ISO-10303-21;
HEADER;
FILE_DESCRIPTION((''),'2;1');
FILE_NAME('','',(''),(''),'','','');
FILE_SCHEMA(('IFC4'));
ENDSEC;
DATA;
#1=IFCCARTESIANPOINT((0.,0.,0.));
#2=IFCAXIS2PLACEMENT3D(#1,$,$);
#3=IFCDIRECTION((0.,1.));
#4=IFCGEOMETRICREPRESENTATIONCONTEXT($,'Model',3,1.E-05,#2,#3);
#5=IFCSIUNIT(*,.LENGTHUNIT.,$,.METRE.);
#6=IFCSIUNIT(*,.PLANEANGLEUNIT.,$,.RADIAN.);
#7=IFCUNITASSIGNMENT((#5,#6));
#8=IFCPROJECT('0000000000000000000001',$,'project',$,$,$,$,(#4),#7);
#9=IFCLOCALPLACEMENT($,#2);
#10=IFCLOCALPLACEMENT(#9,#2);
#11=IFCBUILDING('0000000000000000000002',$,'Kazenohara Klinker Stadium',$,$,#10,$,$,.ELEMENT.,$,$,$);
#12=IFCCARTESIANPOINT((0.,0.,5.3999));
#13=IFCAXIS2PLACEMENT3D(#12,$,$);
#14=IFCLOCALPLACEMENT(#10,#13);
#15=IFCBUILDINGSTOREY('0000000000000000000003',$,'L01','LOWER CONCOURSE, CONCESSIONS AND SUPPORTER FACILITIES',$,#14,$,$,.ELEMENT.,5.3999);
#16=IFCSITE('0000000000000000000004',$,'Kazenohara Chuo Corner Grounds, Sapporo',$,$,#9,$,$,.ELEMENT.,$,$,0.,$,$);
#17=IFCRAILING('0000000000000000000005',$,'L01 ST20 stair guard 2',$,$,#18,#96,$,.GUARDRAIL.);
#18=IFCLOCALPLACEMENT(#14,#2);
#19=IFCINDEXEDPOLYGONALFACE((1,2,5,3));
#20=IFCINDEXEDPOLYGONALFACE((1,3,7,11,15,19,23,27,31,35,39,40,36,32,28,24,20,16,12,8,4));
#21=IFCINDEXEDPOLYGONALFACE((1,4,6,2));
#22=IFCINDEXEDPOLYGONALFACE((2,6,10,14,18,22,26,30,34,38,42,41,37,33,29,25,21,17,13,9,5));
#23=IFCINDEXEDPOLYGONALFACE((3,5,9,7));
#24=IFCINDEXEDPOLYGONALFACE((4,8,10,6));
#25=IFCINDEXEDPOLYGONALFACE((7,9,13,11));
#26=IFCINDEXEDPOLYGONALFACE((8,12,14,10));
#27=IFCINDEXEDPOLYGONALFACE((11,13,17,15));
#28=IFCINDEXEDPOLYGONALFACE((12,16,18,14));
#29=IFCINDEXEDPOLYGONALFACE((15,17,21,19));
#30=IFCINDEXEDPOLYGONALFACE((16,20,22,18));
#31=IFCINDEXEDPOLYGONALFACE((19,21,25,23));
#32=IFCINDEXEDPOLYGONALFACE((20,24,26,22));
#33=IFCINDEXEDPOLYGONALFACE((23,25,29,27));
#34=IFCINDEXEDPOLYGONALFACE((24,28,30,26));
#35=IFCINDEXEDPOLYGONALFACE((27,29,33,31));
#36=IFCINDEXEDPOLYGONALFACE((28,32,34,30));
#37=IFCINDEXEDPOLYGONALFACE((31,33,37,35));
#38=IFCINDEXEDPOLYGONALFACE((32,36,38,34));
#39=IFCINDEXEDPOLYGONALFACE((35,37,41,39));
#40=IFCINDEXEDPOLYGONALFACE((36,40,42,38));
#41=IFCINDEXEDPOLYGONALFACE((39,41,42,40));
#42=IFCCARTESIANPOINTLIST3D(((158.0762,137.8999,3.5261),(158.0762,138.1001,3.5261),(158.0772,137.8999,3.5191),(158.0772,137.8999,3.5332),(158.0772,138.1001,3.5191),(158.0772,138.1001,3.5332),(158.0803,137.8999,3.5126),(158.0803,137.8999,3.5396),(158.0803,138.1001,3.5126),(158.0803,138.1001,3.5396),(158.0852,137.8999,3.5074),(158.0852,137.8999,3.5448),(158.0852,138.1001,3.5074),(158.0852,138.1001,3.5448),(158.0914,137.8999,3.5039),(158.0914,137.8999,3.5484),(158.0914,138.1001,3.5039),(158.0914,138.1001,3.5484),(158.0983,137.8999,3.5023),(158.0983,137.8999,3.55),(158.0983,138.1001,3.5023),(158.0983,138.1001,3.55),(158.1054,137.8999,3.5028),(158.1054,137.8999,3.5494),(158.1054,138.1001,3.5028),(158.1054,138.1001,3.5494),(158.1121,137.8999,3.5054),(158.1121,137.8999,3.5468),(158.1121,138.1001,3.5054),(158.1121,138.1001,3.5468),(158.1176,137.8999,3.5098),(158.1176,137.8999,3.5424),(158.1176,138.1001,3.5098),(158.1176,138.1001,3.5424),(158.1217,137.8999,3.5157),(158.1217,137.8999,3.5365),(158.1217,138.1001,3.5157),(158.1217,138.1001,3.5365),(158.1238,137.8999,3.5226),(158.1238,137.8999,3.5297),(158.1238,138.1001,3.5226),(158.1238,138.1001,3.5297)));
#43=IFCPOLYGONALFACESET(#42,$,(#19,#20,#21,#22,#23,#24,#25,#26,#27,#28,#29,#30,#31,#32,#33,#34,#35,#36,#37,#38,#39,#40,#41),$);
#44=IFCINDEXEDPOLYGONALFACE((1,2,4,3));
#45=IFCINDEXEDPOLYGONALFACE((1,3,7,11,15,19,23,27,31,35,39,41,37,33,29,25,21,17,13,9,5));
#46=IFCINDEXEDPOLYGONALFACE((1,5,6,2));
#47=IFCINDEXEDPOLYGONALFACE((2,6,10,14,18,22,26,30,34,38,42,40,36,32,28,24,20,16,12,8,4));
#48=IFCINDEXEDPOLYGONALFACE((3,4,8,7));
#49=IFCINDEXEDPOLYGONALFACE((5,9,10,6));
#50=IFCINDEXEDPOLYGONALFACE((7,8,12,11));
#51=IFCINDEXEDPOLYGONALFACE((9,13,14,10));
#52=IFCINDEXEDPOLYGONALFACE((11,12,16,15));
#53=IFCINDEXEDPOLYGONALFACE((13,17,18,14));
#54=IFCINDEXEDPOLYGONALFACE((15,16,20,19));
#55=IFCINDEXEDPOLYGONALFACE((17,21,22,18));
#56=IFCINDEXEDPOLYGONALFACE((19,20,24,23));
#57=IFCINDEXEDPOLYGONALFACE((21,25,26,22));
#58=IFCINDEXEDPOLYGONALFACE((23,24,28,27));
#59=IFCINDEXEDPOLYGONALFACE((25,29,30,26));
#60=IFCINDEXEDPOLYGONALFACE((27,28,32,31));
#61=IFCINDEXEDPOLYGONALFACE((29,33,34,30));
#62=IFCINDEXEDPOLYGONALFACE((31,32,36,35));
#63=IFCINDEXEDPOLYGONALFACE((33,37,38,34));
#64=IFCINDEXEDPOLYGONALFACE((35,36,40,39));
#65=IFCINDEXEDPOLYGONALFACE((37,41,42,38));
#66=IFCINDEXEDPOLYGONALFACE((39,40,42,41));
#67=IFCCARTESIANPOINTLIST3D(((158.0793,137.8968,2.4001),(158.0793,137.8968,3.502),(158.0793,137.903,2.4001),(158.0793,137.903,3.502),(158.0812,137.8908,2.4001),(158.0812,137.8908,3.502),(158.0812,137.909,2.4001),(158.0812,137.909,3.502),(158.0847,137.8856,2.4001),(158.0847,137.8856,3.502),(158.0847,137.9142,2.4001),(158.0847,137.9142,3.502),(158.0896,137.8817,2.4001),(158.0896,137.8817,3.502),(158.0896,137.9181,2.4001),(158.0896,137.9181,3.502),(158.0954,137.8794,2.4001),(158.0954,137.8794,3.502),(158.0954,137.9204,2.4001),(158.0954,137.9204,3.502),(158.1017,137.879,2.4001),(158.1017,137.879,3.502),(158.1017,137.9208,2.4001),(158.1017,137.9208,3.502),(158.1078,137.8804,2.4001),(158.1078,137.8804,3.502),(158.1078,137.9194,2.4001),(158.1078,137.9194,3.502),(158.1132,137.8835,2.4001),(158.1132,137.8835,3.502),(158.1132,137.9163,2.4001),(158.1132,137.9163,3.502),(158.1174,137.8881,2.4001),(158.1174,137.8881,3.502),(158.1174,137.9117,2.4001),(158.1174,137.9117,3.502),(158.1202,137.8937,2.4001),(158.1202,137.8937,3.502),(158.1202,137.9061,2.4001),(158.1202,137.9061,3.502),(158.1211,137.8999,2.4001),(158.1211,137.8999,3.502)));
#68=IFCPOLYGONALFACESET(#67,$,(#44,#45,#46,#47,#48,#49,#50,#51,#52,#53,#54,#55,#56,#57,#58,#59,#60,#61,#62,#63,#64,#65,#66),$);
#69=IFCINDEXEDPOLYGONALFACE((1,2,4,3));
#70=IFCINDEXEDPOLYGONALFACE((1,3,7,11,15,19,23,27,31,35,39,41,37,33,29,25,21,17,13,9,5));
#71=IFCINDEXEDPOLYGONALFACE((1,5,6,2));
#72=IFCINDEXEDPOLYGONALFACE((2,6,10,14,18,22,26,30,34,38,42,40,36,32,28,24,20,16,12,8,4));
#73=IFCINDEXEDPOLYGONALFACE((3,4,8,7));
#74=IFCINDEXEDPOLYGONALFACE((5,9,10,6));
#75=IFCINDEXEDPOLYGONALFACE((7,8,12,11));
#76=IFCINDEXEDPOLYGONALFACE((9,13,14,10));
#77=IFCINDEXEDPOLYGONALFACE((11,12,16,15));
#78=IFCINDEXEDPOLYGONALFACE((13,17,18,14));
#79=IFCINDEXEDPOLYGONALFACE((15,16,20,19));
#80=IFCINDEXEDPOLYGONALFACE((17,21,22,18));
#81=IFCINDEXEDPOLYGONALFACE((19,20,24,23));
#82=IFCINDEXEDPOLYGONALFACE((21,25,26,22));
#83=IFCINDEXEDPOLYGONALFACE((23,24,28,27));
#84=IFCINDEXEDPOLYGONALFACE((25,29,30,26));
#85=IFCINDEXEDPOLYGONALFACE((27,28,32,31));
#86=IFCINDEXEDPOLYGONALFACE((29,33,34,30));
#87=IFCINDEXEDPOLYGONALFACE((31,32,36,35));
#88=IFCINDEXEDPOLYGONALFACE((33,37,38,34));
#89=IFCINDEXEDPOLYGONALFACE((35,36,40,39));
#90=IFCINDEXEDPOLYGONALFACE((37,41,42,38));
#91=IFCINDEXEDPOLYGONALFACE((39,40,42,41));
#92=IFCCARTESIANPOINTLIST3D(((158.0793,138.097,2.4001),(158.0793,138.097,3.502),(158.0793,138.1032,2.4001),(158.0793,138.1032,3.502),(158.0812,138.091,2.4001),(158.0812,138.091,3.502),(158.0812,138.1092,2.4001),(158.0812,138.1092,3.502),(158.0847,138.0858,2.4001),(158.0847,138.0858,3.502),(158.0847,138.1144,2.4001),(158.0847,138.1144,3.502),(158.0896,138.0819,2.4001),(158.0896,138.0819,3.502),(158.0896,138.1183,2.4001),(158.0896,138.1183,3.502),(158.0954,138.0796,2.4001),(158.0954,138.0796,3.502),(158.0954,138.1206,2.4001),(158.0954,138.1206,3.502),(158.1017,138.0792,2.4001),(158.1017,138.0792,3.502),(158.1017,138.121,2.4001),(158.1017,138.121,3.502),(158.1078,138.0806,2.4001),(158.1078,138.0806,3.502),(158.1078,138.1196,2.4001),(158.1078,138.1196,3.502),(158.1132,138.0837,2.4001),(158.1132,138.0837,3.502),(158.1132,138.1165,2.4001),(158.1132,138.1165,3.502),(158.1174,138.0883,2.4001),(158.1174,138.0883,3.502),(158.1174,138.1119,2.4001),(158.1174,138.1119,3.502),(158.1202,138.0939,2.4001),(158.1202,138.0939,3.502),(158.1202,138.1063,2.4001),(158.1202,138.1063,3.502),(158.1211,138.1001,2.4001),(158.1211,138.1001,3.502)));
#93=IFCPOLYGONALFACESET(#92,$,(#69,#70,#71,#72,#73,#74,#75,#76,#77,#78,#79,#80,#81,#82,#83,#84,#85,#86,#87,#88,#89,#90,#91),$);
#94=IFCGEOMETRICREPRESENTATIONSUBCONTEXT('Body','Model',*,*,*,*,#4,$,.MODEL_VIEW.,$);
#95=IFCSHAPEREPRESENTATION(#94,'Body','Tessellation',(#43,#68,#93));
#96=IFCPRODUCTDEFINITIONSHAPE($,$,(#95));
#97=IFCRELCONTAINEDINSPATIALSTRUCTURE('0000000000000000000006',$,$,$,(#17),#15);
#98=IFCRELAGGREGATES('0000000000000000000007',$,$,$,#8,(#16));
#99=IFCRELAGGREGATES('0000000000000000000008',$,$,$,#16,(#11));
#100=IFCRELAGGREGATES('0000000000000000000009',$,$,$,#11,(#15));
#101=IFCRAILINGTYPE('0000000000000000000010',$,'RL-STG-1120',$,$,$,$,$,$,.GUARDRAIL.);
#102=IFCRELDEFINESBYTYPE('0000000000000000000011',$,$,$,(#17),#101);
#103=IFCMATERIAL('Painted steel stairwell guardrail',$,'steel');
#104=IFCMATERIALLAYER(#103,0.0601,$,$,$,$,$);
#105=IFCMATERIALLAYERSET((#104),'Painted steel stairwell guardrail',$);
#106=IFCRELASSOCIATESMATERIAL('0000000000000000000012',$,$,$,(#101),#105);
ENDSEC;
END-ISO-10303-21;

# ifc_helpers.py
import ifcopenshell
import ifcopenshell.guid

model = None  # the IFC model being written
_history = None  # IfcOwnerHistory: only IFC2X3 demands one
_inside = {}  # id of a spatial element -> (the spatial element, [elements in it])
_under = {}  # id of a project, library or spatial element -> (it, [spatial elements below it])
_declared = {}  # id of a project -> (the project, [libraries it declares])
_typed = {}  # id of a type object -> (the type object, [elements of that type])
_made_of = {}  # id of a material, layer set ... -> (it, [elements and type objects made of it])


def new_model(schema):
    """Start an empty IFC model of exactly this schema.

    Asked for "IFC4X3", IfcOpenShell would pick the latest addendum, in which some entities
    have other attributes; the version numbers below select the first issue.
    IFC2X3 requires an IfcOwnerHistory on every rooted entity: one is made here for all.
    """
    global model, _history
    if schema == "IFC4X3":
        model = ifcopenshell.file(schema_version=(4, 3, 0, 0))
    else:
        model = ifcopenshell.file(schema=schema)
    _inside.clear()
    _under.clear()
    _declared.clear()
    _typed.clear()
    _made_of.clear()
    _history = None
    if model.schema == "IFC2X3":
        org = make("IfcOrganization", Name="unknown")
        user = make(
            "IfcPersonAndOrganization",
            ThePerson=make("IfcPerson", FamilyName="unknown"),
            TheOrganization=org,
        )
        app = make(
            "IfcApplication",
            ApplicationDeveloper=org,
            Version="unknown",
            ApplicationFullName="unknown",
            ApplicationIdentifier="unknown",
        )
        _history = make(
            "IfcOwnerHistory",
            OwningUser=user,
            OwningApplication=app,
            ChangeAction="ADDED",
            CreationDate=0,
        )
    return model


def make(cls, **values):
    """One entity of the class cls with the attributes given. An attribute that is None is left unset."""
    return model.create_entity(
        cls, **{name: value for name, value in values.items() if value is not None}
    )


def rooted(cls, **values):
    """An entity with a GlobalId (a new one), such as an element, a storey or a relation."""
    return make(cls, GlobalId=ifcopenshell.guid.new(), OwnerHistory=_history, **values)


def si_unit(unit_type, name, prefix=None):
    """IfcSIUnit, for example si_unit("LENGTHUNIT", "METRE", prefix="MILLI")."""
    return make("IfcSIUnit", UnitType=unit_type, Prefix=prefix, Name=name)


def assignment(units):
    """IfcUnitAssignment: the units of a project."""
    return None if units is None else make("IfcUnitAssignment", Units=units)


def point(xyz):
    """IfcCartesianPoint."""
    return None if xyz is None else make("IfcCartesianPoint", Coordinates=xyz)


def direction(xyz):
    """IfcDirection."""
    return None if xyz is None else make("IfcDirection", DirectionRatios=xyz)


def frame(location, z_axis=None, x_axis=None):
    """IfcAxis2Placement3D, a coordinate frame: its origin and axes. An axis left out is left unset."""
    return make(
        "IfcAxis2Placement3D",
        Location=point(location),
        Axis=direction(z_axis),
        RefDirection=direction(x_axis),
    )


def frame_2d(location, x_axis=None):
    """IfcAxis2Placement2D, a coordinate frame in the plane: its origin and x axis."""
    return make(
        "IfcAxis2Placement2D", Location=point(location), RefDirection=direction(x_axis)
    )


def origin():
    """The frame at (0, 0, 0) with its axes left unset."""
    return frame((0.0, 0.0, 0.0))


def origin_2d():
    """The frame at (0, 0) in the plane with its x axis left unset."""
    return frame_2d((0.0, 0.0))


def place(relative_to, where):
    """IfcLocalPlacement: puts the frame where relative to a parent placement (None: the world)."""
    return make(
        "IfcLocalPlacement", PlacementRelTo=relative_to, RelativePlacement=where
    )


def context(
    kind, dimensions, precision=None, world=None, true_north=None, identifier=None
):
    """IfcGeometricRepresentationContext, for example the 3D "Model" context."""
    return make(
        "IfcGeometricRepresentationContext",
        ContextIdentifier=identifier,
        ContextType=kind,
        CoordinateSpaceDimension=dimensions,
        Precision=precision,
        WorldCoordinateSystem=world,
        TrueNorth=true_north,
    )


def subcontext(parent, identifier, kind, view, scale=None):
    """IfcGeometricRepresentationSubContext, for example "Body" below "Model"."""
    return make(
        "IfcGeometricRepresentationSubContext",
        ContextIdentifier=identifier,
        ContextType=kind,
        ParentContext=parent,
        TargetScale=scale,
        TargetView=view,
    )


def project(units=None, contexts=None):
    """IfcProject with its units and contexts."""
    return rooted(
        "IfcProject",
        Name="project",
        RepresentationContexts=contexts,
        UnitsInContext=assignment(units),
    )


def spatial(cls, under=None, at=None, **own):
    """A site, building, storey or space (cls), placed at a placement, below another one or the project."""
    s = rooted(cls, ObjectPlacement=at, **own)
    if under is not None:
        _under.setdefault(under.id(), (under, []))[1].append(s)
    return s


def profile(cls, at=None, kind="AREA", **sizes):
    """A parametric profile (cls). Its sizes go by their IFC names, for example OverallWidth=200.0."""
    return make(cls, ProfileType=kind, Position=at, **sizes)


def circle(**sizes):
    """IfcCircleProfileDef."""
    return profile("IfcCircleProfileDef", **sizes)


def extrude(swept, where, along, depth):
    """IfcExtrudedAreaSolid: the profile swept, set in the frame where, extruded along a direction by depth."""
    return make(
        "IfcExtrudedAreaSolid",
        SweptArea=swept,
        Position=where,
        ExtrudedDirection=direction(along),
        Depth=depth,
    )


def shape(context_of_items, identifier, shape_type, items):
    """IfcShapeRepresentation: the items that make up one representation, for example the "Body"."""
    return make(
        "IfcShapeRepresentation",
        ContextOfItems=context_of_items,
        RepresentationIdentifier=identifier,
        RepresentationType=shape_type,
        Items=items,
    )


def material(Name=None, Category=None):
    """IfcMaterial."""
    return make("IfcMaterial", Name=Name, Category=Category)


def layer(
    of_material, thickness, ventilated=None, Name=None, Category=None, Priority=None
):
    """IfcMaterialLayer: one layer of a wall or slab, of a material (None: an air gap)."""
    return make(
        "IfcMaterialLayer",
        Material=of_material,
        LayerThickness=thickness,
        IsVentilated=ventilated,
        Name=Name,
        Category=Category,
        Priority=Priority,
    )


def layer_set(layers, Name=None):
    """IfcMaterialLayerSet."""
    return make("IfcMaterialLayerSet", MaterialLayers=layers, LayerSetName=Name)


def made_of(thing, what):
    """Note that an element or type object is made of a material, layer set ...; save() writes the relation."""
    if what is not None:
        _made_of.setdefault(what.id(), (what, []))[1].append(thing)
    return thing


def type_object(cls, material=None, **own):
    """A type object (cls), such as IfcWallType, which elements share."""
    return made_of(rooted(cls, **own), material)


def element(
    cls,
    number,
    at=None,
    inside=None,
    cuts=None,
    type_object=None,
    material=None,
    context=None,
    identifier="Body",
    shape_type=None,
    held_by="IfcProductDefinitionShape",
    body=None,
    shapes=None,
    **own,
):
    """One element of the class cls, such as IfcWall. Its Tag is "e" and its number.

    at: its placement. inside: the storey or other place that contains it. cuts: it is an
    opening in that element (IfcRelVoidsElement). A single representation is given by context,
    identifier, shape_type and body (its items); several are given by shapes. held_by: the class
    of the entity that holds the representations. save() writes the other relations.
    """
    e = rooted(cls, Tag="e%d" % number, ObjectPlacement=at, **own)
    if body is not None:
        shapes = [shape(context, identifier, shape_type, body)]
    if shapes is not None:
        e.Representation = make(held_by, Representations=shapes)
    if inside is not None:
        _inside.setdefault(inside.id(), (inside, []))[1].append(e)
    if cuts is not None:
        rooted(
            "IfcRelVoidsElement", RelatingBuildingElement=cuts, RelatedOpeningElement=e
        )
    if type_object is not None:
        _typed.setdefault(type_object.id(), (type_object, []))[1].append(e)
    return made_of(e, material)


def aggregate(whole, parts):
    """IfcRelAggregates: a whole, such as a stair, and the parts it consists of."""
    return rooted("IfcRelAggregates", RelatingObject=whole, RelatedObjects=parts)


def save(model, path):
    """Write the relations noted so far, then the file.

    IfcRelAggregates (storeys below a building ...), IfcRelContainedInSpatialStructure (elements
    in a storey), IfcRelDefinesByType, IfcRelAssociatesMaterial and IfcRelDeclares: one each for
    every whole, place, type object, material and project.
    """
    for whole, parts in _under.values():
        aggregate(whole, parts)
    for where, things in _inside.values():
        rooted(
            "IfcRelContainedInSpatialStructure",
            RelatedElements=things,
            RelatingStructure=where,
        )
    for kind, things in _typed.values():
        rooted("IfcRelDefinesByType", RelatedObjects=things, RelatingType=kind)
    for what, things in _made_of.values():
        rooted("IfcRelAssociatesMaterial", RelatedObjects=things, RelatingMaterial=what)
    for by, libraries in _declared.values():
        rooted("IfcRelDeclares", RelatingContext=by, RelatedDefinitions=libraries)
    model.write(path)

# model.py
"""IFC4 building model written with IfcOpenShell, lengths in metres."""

from ifc_helpers import new_model, si_unit, direction, frame, origin, origin_2d, place, context, subcontext, project, spatial, circle, extrude, material, layer, layer_set, type_object, element, save


model = new_model("IFC4")

# Units and contexts
model_context = context("Model", 3, precision=1e-05, world=origin(), true_north=direction((0.0, 1.0)))
body_context = subcontext(model_context, "Body", "Model", "MODEL_VIEW")
ifc_project = project(units=[si_unit("LENGTHUNIT", "METRE"), si_unit("PLANEANGLEUNIT", "RADIAN")], contexts=[model_context])

# Site, building, storey
site_placement = place(None, origin())
site = spatial("IfcSite", under=ifc_project, at=site_placement, Name="Kazenohara Chuo Corner Grounds, Sapporo", CompositionType="ELEMENT", RefElevation=0.0)
building_placement = place(site_placement, origin())
building = spatial("IfcBuilding", under=site, at=building_placement, Name="Kazenohara Klinker Stadium", CompositionType="ELEMENT")
storey_placement = place(building_placement, frame((0.0, 0.0, 5.3999)))
storey = spatial("IfcBuildingStorey", under=building, at=storey_placement, Name="L01", Description="LOWER CONCOURSE, CONCESSIONS AND SUPPORTER FACILITIES", CompositionType="ELEMENT", Elevation=5.3999)

# Railing
ifc_material_1 = material(Name="Painted steel stairwell guardrail", Category="steel")
ifc_layer_1 = layer(ifc_material_1, 0.0601)
ifc_layer_set_1 = layer_set([ifc_layer_1], Name="Painted steel stairwell guardrail")
railing_type_1 = type_object("IfcRailingType", Name="RL-STG-1120", PredefinedType="GUARDRAIL", material=ifc_layer_set_1)
railing_1_placement = place(storey_placement, frame((158.1001, 137.8999, 2.4001)))
element("IfcRailing", 1, at=railing_1_placement, inside=storey, type_object=railing_type_1, Name="L01 ST20 stair guard 2", PredefinedType="GUARDRAIL", context=body_context, shape_type="SweptSolid", body=[
    extrude(circle(Radius=0.0239, at=origin_2d()), frame((0.0, 0.0, 1.126), z_axis=(0.0, 1.0, 0.0), x_axis=(-1.0, 0.0, 0.0)), (0.0, 0.0, 1.0), 0.2002),
    extrude(circle(Radius=0.021, at=origin_2d()), origin(), (0.0, 0.0, 1.0), 1.1018),
    extrude(circle(Radius=0.021, at=origin_2d()), frame((0.0, 0.2002, 0.0)), (0.0, 0.0, 1.0), 1.1018),
])

save(model, "model.ifc")
